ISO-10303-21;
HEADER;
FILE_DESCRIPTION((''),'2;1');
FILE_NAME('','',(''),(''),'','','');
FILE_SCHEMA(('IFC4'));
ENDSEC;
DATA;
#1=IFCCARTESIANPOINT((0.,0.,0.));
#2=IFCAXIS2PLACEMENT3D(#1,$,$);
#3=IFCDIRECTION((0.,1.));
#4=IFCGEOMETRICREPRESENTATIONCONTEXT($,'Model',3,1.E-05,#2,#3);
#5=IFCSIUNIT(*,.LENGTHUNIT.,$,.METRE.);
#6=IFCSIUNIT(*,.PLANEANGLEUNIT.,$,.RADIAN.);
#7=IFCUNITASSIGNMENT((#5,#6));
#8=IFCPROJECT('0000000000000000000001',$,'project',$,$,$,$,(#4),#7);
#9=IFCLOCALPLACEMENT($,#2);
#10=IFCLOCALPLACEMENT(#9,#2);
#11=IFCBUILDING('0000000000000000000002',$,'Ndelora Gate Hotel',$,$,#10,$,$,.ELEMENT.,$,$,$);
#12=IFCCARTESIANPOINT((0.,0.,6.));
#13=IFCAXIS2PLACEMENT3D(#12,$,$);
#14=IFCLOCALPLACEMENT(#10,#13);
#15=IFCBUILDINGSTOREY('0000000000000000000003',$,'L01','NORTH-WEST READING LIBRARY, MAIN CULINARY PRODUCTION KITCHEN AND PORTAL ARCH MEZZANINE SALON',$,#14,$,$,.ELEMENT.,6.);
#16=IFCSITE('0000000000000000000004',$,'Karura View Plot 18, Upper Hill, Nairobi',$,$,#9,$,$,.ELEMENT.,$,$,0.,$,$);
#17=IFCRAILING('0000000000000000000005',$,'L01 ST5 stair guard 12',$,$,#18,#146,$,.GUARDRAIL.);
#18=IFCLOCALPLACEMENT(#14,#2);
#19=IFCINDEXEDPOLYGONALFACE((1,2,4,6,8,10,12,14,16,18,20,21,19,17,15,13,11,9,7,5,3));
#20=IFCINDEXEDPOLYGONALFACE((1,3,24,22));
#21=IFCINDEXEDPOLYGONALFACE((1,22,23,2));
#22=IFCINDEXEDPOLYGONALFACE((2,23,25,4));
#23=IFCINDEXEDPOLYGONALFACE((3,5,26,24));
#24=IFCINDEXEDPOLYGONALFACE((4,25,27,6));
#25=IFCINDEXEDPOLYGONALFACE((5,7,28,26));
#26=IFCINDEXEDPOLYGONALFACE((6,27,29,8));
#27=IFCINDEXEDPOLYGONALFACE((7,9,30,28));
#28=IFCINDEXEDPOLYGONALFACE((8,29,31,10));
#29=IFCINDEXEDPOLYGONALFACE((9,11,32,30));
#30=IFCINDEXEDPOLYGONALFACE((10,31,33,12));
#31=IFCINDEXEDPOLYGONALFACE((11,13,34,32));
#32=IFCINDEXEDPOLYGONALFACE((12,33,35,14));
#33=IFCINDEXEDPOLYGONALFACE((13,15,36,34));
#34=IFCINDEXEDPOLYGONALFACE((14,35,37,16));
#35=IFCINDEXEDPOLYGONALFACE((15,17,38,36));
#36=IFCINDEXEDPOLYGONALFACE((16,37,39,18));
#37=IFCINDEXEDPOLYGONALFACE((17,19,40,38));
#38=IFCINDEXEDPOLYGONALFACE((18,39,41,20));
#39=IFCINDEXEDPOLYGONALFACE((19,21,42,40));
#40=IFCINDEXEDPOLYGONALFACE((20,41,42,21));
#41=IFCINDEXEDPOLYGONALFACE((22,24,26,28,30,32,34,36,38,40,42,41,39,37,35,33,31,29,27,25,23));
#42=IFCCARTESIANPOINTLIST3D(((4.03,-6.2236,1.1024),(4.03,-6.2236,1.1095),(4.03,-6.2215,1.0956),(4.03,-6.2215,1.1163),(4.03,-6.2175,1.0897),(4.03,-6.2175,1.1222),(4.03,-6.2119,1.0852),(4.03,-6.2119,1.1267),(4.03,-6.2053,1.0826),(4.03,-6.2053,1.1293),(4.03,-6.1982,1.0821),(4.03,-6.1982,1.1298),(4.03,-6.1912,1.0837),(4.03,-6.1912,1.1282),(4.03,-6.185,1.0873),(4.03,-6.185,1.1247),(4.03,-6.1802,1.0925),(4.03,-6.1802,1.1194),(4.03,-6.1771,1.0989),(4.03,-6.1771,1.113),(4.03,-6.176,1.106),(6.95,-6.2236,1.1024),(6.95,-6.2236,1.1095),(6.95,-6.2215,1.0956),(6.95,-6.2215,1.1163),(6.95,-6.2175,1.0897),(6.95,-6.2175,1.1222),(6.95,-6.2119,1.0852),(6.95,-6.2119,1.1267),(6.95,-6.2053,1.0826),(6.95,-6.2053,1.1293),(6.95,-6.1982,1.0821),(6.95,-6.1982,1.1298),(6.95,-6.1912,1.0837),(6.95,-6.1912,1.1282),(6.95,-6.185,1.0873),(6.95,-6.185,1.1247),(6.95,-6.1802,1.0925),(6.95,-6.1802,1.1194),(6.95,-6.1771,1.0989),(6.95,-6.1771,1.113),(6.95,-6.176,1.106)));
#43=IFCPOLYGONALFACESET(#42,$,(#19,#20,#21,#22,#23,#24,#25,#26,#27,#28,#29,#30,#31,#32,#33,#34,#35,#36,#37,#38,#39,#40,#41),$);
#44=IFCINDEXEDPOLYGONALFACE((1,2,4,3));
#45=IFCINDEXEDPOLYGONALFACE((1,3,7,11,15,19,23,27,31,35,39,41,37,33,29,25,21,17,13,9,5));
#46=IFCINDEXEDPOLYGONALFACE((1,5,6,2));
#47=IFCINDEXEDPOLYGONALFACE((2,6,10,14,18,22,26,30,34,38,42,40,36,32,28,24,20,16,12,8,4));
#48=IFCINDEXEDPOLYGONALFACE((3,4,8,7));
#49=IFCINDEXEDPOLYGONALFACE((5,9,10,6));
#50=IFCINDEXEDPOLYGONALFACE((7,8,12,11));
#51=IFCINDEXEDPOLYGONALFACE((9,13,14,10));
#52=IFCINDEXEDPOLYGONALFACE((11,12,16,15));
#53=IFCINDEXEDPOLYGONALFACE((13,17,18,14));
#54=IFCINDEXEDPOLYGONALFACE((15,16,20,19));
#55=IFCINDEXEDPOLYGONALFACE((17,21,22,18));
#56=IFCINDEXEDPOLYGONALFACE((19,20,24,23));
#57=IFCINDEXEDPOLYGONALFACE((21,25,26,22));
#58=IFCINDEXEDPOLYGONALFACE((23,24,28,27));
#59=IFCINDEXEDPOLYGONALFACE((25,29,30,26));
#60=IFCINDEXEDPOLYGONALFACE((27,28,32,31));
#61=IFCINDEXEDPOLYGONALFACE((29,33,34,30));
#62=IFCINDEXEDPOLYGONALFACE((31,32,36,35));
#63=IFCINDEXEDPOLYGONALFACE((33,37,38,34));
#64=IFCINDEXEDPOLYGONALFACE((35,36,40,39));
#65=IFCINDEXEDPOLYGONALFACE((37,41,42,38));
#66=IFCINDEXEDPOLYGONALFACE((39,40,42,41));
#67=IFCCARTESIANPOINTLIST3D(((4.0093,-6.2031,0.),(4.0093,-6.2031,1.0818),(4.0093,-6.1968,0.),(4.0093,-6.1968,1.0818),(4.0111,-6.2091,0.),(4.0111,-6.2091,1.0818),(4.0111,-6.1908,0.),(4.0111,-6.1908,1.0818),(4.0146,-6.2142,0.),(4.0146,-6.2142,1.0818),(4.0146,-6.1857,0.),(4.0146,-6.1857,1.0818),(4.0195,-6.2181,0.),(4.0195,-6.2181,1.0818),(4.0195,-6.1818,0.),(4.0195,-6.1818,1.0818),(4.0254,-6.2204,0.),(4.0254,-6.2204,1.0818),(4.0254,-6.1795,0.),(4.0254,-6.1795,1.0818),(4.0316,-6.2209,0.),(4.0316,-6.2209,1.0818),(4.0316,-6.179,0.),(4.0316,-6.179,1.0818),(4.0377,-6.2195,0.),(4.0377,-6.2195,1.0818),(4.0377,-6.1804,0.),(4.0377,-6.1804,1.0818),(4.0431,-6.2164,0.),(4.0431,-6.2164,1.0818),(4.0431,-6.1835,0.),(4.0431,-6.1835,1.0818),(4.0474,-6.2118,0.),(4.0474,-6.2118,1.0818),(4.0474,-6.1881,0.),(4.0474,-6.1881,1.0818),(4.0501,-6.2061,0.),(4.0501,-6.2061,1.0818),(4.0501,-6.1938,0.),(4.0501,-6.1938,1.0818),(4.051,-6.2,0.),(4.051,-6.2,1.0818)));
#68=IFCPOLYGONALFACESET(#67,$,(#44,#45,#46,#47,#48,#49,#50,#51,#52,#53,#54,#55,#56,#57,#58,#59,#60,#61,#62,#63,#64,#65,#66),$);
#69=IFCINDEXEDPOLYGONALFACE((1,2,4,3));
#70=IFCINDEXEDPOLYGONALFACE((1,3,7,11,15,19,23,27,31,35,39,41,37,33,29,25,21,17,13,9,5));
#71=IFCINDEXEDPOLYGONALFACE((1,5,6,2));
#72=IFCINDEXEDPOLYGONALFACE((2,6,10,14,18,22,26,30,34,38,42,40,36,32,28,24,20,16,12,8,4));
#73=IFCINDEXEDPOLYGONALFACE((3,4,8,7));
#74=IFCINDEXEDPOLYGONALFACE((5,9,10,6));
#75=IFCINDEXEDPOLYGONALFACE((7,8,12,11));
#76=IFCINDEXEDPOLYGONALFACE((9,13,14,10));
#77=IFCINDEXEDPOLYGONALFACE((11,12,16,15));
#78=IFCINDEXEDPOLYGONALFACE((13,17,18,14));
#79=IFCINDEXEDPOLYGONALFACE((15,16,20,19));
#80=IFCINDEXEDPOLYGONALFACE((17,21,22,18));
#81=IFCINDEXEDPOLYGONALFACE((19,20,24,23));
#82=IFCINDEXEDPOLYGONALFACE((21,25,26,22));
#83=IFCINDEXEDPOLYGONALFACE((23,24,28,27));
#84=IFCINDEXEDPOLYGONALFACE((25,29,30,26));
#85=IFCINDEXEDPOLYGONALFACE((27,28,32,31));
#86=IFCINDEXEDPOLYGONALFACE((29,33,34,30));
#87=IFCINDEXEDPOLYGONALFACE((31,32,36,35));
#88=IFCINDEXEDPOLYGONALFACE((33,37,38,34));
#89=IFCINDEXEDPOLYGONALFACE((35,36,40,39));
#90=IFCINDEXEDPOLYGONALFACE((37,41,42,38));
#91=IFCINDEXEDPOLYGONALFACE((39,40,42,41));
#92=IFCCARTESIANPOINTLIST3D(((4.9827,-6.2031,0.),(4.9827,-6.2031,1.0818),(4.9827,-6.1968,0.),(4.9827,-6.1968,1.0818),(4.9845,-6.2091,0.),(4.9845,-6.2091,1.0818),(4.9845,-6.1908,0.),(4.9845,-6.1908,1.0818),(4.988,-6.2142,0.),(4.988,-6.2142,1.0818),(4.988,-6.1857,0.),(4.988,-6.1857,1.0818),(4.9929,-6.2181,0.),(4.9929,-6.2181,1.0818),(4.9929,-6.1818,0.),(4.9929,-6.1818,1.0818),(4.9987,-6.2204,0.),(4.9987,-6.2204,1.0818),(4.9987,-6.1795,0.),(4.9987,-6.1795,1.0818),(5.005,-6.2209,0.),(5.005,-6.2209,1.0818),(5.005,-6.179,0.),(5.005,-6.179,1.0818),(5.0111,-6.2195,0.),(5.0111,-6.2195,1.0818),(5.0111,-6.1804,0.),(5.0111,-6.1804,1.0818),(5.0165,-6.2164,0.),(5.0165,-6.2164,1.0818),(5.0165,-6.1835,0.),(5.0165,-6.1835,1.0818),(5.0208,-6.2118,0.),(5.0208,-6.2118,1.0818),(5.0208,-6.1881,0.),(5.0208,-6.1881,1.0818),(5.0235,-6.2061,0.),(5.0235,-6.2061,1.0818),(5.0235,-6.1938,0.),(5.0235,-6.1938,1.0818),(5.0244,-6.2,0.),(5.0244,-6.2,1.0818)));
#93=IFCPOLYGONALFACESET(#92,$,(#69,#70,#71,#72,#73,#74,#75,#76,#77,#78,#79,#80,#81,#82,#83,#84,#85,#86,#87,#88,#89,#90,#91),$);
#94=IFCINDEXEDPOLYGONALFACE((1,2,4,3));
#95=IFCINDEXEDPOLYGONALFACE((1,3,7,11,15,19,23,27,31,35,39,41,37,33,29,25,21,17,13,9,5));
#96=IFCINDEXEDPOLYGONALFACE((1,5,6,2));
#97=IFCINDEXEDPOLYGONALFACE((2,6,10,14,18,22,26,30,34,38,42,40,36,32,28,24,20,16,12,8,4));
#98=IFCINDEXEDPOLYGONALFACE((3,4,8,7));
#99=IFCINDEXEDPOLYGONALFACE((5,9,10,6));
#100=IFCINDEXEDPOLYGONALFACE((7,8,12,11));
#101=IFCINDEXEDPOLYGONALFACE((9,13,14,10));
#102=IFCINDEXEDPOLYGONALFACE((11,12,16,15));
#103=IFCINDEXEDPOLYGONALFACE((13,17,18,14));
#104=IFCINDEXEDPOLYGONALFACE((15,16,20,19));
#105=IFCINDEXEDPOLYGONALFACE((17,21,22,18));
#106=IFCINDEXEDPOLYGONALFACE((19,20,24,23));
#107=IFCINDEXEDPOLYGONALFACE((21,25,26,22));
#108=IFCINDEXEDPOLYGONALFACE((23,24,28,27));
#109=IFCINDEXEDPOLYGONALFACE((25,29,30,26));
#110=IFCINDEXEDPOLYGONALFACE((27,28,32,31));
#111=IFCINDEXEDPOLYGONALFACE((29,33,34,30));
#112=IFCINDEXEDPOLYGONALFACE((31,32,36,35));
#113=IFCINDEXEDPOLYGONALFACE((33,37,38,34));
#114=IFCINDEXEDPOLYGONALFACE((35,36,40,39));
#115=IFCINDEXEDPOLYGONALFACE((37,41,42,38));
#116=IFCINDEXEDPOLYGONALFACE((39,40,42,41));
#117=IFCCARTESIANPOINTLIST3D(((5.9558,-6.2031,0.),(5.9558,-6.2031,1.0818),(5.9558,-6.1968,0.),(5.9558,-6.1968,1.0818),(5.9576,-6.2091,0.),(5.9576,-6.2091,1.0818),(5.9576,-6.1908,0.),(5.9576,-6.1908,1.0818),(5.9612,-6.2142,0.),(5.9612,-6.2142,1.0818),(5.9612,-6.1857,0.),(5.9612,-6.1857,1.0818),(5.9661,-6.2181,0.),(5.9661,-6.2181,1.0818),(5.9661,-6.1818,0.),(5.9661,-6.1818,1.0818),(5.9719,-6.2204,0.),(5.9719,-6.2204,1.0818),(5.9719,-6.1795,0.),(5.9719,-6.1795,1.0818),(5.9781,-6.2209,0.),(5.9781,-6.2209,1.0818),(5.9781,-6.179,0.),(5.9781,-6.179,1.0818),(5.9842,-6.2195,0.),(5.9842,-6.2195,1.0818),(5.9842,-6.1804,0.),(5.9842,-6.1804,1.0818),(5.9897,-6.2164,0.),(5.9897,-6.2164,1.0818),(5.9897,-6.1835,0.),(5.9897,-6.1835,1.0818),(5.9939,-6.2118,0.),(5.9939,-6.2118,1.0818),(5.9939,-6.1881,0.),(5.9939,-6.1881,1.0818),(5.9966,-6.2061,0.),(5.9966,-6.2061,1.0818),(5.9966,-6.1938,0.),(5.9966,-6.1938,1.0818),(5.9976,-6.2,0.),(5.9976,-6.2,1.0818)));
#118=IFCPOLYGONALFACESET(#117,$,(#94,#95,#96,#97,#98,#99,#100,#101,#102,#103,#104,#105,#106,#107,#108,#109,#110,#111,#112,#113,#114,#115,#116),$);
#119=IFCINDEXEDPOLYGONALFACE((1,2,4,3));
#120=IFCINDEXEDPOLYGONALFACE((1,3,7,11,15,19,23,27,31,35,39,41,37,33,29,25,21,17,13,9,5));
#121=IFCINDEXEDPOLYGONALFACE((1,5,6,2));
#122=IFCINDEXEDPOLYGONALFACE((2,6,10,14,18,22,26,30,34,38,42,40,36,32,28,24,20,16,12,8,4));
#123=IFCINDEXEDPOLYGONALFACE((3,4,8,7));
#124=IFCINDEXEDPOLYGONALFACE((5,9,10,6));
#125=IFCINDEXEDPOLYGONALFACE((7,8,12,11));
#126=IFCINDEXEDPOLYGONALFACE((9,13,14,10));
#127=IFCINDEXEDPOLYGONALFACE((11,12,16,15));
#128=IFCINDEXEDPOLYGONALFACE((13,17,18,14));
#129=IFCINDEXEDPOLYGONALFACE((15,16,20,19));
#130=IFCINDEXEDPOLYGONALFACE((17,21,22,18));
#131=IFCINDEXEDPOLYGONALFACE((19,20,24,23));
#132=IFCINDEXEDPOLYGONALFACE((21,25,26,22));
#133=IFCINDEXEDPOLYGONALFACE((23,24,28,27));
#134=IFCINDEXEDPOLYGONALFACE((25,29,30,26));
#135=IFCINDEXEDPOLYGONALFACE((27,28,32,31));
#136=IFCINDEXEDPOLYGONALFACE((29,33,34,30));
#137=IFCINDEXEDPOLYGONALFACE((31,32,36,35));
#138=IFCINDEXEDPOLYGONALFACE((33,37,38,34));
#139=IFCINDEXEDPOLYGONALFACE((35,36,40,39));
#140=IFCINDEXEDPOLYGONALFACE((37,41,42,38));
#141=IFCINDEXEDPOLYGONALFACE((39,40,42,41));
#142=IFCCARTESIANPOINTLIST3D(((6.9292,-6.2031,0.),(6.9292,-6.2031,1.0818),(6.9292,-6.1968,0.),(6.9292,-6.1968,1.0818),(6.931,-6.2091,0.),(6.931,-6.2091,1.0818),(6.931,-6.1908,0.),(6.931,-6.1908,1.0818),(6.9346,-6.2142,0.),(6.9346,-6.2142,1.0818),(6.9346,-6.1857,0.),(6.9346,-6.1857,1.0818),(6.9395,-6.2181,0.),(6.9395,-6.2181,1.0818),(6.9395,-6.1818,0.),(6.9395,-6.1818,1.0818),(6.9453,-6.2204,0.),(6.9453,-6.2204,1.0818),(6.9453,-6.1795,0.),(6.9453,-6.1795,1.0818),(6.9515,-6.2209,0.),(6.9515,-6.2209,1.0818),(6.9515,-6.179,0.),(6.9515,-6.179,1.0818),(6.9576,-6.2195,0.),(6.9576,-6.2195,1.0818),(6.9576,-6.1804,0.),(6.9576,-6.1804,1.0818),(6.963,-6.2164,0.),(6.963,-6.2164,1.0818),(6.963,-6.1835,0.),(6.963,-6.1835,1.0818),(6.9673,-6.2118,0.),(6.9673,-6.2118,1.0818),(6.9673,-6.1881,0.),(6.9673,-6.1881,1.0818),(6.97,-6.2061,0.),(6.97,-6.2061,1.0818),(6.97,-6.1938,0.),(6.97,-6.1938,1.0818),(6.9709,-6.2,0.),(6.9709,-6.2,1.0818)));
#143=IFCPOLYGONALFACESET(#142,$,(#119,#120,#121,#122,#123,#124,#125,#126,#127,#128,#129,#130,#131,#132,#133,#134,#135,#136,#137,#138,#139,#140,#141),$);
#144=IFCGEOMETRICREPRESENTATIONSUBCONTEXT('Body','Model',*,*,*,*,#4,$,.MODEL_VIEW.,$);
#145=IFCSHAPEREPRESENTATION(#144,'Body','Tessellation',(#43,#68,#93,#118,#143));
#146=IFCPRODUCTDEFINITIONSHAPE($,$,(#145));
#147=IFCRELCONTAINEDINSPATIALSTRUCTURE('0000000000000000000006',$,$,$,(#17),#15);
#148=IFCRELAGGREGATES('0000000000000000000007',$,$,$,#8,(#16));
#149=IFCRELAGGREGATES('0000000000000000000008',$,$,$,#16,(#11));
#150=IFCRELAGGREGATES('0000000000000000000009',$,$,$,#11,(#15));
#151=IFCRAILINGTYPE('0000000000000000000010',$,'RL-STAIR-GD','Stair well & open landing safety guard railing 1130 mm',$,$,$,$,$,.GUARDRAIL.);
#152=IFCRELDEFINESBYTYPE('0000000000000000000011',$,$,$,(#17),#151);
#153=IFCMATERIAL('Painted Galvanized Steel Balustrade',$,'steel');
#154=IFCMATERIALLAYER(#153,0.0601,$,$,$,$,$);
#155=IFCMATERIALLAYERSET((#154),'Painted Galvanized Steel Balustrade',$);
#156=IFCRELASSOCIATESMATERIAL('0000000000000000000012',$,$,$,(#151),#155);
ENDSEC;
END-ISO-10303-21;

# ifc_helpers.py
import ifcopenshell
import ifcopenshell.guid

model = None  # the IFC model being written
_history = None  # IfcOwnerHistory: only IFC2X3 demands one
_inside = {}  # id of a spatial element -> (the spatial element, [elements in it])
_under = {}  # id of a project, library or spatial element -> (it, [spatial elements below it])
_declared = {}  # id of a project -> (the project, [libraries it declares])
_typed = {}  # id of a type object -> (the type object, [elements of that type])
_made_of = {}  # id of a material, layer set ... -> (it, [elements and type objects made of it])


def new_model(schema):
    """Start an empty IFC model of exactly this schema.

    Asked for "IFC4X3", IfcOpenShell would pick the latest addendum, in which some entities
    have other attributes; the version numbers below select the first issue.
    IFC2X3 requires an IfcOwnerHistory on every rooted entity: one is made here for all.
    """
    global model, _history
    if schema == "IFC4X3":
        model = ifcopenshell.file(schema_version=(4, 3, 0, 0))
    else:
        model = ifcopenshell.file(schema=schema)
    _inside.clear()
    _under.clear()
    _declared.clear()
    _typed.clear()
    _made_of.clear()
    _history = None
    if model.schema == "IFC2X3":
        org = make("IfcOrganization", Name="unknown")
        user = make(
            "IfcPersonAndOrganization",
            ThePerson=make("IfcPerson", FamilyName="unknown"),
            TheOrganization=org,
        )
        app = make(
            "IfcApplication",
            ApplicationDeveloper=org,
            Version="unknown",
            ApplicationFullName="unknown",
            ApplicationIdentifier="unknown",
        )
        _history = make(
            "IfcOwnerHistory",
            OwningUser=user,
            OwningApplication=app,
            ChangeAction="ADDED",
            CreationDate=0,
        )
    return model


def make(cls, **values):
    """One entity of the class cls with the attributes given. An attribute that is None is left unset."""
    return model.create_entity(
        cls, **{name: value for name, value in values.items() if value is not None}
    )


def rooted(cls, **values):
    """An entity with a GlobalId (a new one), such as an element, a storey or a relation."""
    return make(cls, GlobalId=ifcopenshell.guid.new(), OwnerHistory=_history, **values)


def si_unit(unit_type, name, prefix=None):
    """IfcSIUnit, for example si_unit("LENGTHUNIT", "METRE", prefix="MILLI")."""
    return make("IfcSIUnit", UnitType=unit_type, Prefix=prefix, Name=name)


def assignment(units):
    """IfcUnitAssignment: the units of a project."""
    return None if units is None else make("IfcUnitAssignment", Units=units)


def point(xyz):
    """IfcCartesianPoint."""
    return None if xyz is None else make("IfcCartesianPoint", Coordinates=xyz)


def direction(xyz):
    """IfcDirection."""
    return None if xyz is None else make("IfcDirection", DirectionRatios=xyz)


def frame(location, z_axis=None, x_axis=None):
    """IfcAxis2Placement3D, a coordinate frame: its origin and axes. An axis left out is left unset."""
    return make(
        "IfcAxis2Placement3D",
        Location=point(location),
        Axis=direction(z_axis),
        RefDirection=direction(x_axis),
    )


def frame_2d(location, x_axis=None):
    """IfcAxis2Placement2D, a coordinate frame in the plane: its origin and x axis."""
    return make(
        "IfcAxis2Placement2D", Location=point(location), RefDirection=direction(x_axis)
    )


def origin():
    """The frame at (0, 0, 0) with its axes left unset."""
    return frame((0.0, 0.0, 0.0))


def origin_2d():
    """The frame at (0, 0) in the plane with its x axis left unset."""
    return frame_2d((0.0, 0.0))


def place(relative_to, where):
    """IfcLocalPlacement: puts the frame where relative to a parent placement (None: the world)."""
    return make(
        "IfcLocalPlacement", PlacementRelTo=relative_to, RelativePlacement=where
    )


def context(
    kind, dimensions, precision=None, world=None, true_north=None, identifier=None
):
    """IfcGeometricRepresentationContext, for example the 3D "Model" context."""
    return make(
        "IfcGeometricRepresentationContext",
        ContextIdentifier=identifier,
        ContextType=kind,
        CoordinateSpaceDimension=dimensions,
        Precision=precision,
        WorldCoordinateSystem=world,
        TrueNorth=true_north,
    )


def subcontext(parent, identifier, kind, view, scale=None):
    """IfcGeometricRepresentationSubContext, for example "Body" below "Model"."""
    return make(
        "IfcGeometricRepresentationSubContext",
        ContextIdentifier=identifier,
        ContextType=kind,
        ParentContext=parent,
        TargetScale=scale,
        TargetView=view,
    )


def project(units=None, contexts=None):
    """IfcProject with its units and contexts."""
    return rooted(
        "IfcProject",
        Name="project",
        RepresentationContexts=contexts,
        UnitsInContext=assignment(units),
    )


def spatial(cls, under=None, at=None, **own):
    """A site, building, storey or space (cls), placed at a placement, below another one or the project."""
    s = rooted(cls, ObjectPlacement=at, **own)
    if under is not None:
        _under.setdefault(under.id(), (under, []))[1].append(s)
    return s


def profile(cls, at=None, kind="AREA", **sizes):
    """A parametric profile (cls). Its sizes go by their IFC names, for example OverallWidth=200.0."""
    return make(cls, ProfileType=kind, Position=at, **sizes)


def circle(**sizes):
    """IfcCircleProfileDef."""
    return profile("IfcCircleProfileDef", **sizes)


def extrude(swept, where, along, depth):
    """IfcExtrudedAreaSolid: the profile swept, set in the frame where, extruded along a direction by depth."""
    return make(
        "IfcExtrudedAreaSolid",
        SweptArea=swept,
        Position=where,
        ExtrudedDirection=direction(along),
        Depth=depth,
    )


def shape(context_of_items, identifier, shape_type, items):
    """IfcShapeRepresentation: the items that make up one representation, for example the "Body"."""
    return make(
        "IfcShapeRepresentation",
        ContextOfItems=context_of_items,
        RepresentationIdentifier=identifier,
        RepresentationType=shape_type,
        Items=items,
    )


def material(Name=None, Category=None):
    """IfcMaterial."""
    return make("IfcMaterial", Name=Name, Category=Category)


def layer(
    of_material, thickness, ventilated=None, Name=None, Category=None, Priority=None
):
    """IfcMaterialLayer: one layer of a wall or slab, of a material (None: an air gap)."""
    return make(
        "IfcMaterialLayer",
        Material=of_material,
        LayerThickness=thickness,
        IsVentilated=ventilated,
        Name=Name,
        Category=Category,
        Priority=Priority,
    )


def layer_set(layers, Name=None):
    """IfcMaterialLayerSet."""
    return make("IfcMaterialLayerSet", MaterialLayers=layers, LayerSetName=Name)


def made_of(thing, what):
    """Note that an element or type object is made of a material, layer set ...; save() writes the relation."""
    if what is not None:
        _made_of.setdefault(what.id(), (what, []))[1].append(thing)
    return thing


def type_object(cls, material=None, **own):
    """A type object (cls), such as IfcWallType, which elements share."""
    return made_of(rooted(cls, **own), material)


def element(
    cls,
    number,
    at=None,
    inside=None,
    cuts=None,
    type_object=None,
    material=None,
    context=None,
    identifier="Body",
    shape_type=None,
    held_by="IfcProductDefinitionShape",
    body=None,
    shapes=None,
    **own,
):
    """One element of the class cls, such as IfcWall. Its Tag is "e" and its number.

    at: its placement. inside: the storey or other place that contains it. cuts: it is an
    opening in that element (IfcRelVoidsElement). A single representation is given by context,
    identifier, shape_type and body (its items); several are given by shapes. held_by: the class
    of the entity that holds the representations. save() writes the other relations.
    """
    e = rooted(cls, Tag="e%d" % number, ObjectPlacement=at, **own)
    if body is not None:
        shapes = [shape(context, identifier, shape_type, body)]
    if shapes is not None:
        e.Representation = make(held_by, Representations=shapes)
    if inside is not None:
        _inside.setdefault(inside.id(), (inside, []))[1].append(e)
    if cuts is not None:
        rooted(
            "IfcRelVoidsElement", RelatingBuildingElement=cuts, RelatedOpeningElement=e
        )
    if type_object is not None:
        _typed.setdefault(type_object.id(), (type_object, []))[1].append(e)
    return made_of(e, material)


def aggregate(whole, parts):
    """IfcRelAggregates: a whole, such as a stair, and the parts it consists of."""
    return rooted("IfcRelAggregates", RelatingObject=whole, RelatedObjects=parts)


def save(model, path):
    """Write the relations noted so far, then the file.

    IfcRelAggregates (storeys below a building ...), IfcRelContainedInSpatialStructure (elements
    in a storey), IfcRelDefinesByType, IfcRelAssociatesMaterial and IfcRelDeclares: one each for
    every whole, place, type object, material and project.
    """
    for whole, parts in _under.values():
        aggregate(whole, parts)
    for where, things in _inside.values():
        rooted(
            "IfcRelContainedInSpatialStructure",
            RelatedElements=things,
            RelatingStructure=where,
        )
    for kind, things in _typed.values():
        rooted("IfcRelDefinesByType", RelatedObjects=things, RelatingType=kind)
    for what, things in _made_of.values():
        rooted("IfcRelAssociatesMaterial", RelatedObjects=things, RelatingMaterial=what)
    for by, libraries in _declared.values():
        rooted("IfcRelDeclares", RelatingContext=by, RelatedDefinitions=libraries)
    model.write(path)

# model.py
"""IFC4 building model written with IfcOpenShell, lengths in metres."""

from ifc_helpers import new_model, si_unit, direction, frame, origin, origin_2d, place, context, subcontext, project, spatial, circle, extrude, material, layer, layer_set, type_object, element, save


model = new_model("IFC4")

# Units and contexts
model_context = context("Model", 3, precision=1e-05, world=origin(), true_north=direction((0.0, 1.0)))
body_context = subcontext(model_context, "Body", "Model", "MODEL_VIEW")
ifc_project = project(units=[si_unit("LENGTHUNIT", "METRE"), si_unit("PLANEANGLEUNIT", "RADIAN")], contexts=[model_context])

# Site, building, storey
site_placement = place(None, origin())
site = spatial("IfcSite", under=ifc_project, at=site_placement, Name="Karura View Plot 18, Upper Hill, Nairobi", CompositionType="ELEMENT", RefElevation=0.0)
building_placement = place(site_placement, origin())
building = spatial("IfcBuilding", under=site, at=building_placement, Name="Ndelora Gate Hotel", CompositionType="ELEMENT")
storey_placement = place(building_placement, frame((0.0, 0.0, 6.0)))
storey = spatial("IfcBuildingStorey", under=building, at=storey_placement, Name="L01", Description="NORTH-WEST READING LIBRARY, MAIN CULINARY PRODUCTION KITCHEN AND PORTAL ARCH MEZZANINE SALON", CompositionType="ELEMENT", Elevation=6.0)

# Railing
ifc_material_1 = material(Name="Painted Galvanized Steel Balustrade", Category="steel")
ifc_layer_1 = layer(ifc_material_1, 0.0601)
ifc_layer_set_1 = layer_set([ifc_layer_1], Name="Painted Galvanized Steel Balustrade")
railing_type_1 = type_object("IfcRailingType", Name="RL-STAIR-GD", Description="Stair well & open landing safety guard railing 1130 mm", PredefinedType="GUARDRAIL", material=ifc_layer_set_1)
railing_1_placement = place(storey_placement, frame((4.03, -6.2, 0.0)))
element("IfcRailing", 1, at=railing_1_placement, inside=storey, type_object=railing_type_1, Name="L01 ST5 stair guard 12", PredefinedType="GUARDRAIL", context=body_context, shape_type="SweptSolid", body=[
    extrude(circle(Radius=0.0239, at=origin_2d()), frame((0.0, 0.0, 1.106), z_axis=(1.0, 0.0, 0.0), x_axis=(0.0, 1.0, 0.0)), (0.0, 0.0, 1.0), 2.9199),
    extrude(circle(Radius=0.021, at=origin_2d()), origin(), (0.0, 0.0, 1.0), 1.0818),
    extrude(circle(Radius=0.021, at=origin_2d()), frame((0.9734, 0.0, 0.0)), (0.0, 0.0, 1.0), 1.0818),
    extrude(circle(Radius=0.021, at=origin_2d()), frame((1.9465, 0.0, 0.0)), (0.0, 0.0, 1.0), 1.0818),
    extrude(circle(Radius=0.021, at=origin_2d()), frame((2.9199, 0.0, 0.0)), (0.0, 0.0, 1.0), 1.0818),
])

save(model, "model.ifc")
